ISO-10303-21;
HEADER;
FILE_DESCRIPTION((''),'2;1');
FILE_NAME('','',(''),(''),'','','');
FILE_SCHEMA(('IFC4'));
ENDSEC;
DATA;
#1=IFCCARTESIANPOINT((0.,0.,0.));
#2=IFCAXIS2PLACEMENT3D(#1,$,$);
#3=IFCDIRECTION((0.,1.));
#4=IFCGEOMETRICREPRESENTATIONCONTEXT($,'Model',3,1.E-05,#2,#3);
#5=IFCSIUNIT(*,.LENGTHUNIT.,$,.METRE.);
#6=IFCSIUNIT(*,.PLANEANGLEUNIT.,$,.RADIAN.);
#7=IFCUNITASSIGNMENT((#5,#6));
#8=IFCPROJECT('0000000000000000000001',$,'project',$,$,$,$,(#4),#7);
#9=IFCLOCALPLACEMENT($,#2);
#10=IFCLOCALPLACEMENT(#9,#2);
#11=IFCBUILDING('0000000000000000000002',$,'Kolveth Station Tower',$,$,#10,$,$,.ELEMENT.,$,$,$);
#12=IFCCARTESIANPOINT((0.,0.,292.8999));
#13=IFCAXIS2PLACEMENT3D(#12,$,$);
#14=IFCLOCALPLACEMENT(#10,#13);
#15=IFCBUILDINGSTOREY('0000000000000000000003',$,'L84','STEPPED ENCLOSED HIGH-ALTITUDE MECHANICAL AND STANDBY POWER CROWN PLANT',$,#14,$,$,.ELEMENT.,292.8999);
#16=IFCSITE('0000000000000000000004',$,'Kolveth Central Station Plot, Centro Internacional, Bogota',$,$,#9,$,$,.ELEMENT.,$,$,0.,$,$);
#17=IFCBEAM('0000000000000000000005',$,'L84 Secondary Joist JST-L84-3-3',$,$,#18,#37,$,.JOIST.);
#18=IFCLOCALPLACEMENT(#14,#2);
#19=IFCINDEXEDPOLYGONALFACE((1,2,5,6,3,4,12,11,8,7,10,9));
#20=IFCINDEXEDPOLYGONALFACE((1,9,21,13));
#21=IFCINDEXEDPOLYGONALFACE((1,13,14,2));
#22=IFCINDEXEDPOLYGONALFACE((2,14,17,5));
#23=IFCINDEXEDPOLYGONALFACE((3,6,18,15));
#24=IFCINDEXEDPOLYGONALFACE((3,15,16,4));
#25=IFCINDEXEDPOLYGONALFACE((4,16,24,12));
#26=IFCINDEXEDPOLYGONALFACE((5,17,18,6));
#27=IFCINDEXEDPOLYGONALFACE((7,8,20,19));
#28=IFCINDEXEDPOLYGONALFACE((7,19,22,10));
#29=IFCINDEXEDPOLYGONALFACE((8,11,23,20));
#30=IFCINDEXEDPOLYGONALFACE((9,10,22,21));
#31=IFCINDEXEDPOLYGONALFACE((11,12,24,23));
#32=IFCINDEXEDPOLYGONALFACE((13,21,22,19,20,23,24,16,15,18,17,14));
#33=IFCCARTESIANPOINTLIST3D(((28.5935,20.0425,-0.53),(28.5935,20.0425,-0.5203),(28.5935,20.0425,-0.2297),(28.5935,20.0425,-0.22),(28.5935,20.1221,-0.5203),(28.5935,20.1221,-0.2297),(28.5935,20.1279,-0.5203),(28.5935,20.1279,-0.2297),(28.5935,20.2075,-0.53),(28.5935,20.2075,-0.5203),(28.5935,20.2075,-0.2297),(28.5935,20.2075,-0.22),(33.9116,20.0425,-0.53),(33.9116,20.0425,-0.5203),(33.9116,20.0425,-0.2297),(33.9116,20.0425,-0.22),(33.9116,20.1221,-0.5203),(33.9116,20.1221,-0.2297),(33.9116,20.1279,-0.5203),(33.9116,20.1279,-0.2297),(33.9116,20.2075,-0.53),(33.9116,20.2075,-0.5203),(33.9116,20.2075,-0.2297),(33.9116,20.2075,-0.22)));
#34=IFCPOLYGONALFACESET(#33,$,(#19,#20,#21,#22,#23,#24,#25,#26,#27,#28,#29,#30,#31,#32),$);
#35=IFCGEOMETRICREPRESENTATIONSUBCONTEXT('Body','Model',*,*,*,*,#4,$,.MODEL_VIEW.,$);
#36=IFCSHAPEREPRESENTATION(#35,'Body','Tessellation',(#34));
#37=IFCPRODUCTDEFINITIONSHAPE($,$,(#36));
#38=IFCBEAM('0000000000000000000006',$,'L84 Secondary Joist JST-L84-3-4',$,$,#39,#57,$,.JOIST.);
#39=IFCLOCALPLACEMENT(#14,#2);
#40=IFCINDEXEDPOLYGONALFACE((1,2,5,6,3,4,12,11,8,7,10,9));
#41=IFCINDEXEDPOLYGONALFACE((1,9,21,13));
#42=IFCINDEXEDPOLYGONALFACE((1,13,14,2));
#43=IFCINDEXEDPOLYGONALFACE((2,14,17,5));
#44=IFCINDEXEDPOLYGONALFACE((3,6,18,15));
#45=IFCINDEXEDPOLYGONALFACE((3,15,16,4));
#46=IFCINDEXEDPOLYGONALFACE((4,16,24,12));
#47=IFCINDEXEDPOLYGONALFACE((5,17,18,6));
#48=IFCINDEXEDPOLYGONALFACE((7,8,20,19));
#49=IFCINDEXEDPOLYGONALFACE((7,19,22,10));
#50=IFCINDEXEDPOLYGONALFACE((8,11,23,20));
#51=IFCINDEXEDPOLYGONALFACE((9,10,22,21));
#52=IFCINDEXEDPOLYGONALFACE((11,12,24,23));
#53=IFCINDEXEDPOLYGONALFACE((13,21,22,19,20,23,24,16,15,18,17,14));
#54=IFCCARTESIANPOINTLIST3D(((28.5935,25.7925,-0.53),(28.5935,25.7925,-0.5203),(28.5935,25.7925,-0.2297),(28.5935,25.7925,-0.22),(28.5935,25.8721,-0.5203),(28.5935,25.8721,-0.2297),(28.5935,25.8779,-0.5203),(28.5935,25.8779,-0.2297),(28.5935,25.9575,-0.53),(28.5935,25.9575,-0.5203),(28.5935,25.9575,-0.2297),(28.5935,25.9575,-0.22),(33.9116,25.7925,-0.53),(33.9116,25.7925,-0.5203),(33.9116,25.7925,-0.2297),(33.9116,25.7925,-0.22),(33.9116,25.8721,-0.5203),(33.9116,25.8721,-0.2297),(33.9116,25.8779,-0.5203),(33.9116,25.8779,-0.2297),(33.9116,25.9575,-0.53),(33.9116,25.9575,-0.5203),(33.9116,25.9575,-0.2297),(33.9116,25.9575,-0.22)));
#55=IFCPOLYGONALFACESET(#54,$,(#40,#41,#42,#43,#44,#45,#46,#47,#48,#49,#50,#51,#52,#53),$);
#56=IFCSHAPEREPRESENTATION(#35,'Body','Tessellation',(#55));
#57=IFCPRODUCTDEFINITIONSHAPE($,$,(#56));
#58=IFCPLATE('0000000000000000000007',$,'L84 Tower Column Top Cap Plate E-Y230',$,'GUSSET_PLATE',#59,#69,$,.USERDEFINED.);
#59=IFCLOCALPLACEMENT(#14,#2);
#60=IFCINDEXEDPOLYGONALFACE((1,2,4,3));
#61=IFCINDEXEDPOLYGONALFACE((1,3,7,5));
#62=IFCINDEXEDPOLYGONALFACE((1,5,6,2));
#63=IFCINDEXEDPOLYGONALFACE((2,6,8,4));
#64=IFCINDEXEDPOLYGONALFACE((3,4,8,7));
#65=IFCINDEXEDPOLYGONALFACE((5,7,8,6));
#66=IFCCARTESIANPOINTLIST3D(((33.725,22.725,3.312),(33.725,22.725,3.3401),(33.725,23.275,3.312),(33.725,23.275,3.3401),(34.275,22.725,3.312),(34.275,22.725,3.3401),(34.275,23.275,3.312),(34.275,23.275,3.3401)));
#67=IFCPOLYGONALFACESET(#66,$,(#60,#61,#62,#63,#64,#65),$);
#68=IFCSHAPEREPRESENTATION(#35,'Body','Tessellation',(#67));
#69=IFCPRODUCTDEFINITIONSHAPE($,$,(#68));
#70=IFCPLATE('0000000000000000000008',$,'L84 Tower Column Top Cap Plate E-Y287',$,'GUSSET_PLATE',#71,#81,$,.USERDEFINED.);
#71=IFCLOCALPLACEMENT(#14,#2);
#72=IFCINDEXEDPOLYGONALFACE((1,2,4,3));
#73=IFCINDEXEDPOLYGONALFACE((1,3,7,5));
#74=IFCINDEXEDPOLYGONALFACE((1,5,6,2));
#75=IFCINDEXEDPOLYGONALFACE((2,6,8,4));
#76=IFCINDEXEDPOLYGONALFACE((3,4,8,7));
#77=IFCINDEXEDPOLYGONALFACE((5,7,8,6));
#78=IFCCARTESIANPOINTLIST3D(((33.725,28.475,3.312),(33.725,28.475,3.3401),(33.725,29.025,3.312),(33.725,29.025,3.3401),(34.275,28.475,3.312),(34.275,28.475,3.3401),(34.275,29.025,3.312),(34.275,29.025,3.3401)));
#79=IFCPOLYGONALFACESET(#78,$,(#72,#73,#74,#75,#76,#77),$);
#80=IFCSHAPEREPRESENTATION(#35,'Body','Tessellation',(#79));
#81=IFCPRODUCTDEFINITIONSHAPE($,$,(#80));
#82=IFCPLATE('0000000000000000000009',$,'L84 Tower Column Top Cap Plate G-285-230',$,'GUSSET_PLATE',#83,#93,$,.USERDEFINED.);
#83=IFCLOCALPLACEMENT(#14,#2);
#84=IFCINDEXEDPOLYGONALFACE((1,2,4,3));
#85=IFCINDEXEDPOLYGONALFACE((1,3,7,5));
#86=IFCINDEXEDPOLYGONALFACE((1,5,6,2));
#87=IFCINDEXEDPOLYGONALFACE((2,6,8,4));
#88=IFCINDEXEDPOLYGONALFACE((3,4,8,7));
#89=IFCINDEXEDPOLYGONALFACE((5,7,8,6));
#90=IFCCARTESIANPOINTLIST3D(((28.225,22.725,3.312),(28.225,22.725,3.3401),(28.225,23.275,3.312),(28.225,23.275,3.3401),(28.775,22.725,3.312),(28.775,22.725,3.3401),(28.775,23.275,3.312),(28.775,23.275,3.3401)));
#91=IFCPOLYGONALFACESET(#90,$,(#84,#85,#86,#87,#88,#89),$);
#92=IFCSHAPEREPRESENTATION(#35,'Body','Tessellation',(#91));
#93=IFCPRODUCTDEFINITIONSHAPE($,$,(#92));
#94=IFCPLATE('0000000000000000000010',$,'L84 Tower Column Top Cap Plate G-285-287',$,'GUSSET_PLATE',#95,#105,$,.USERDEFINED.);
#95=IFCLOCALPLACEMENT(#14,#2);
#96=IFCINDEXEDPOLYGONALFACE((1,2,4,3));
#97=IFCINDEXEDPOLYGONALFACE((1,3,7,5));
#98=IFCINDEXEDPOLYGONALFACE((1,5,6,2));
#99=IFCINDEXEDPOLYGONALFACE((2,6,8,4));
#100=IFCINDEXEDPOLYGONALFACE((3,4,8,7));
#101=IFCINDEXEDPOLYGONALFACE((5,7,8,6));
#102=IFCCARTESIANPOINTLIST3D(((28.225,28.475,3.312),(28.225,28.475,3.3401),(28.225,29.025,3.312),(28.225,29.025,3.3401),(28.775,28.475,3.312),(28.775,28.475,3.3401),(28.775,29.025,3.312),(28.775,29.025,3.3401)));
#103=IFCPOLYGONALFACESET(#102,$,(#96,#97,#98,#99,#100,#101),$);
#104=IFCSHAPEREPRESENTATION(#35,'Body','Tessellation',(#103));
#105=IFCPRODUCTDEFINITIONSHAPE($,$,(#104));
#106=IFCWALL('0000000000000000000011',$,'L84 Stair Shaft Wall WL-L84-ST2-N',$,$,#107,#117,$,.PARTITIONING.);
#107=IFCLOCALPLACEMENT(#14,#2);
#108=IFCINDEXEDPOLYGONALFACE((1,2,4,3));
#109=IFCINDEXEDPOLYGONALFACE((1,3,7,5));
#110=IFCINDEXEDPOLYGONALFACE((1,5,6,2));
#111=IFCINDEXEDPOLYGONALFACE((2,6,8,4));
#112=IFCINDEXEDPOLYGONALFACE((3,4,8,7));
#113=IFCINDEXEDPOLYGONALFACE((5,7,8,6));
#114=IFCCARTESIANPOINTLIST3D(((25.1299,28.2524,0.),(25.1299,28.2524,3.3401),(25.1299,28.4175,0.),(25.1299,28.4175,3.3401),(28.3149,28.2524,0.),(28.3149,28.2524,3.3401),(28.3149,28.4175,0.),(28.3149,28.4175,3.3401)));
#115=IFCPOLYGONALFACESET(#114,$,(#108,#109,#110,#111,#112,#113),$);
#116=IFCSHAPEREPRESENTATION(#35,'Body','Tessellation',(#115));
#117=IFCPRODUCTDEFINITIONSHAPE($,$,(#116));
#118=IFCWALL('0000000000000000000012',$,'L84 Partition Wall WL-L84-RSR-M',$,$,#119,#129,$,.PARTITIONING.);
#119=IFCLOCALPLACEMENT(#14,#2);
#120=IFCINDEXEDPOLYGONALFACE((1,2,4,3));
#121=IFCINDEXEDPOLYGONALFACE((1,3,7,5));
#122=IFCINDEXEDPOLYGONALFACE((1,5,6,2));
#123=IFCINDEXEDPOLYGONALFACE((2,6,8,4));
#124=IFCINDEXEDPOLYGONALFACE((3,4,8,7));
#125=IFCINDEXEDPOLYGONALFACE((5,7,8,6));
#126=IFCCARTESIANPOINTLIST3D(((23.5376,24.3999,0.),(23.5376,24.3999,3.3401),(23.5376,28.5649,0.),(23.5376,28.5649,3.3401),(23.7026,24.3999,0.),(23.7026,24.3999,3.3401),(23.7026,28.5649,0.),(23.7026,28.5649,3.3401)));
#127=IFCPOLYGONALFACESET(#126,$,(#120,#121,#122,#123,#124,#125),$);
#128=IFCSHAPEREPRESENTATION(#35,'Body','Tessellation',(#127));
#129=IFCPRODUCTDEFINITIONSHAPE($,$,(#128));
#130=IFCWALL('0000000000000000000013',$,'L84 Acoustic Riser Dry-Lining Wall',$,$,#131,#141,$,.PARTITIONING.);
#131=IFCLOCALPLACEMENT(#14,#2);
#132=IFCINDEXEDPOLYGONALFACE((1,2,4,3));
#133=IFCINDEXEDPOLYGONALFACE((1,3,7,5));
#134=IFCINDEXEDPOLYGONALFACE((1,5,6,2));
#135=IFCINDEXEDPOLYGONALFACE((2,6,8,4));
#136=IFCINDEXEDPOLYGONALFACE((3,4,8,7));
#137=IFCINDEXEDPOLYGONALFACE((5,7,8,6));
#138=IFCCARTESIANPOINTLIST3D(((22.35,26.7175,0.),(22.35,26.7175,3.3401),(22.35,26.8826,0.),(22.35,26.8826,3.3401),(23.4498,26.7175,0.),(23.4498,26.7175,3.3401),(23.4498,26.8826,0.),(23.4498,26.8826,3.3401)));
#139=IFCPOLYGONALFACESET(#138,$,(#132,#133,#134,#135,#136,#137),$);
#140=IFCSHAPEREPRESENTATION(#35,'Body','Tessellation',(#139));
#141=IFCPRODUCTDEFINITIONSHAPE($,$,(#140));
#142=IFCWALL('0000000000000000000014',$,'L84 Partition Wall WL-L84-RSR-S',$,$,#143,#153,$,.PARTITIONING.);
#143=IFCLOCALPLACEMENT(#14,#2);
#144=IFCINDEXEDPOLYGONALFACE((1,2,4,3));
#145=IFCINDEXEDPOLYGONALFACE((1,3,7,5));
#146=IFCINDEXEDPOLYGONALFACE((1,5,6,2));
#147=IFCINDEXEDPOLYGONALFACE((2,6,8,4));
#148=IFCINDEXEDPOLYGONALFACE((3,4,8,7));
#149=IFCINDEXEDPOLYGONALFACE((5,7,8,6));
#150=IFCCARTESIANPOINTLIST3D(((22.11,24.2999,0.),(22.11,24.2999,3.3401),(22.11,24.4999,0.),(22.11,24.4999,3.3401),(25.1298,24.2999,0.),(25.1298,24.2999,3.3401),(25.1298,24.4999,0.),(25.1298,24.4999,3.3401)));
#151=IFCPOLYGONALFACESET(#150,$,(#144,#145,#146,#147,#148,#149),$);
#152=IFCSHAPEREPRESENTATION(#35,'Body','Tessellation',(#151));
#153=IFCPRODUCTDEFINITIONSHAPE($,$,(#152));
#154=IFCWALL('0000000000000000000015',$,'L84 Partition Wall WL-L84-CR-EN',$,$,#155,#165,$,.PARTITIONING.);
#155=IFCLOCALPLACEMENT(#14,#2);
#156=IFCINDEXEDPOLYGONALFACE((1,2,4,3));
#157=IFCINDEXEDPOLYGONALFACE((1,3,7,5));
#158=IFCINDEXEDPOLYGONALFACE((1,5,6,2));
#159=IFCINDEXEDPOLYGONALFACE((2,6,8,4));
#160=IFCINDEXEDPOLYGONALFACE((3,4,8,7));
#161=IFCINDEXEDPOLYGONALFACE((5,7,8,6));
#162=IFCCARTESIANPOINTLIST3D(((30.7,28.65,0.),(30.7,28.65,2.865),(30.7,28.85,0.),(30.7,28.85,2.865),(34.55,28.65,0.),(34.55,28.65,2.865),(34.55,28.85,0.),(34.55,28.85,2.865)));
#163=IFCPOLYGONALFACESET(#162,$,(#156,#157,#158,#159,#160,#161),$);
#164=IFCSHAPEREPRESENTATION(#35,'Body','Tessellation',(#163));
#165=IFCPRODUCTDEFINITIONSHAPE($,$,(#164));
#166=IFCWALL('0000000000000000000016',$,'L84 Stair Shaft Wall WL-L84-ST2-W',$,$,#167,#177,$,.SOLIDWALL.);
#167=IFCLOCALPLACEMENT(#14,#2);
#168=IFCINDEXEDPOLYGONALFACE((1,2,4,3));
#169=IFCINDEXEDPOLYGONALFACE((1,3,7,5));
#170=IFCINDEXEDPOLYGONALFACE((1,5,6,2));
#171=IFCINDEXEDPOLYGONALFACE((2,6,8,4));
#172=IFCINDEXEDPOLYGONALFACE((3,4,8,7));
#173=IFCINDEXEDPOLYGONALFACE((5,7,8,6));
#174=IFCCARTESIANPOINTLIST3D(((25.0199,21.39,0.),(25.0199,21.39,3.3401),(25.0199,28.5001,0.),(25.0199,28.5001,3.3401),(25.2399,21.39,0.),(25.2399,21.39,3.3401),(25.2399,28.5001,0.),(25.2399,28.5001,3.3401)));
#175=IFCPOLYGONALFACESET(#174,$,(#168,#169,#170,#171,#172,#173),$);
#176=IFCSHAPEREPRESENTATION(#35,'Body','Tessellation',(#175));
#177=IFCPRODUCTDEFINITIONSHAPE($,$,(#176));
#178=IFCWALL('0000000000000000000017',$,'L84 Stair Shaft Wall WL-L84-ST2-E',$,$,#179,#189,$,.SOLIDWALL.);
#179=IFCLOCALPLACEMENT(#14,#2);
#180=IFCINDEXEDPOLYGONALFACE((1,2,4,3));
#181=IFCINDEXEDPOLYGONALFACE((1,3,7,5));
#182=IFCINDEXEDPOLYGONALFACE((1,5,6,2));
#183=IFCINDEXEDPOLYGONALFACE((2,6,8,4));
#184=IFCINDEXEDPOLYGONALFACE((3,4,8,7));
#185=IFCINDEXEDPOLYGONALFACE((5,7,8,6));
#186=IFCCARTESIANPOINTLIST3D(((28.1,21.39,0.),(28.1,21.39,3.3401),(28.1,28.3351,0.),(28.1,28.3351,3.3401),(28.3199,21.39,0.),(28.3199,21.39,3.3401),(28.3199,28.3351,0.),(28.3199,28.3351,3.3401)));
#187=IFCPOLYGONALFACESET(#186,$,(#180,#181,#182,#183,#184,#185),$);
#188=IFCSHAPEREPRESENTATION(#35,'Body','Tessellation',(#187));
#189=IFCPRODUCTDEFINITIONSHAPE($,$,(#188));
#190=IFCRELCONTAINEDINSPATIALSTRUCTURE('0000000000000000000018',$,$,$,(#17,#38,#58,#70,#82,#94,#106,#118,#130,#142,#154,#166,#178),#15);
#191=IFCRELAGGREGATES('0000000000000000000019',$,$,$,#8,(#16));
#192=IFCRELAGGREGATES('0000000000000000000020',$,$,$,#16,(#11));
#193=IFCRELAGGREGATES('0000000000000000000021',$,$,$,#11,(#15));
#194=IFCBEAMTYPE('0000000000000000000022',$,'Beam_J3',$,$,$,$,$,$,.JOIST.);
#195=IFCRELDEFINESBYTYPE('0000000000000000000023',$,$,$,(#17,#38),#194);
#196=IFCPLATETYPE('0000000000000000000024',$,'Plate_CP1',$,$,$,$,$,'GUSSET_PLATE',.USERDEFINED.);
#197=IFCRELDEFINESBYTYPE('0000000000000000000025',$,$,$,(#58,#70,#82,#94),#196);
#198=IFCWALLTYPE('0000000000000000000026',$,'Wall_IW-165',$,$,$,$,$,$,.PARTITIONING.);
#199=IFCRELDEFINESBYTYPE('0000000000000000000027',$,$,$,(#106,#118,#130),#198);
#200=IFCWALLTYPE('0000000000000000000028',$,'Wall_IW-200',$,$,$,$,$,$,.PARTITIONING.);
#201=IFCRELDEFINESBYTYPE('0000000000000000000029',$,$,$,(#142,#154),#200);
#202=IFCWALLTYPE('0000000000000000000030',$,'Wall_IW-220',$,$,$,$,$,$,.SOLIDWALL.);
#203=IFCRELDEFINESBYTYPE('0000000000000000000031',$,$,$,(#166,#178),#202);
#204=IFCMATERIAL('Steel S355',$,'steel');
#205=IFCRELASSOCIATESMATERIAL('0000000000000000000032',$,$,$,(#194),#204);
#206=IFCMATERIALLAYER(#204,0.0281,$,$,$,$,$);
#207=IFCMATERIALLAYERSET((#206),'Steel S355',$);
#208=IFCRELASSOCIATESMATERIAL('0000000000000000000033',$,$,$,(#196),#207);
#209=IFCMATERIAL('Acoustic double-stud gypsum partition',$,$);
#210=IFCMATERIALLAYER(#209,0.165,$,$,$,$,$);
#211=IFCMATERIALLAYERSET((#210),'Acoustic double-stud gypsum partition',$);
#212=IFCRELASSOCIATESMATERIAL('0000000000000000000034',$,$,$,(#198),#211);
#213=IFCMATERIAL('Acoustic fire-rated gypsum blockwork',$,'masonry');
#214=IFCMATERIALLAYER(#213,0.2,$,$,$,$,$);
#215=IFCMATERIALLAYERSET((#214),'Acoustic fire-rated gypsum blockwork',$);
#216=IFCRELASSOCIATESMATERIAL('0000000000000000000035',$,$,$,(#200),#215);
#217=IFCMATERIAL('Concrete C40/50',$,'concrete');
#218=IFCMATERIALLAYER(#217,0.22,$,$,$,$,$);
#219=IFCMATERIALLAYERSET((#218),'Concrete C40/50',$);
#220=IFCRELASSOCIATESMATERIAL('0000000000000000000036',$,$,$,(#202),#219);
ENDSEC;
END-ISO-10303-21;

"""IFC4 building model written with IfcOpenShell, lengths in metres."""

from ifc_helpers import new_model, si_unit, direction, frame, frame_2d, origin, origin_2d, place, context, subcontext, project, spatial, rectangle, i_section, extrude, source, transform, mapped, material, layer, layer_set, material_profile, profile_set, type_object, element, save


model = new_model("IFC4")

# Units and contexts
model_context = context("Model", 3, precision=1e-05, world=origin(), true_north=direction((0.0, 1.0)))
body_context = subcontext(model_context, "Body", "Model", "MODEL_VIEW")
ifc_project = project(units=[si_unit("LENGTHUNIT", "METRE"), si_unit("PLANEANGLEUNIT", "RADIAN")], contexts=[model_context])

# Site, building, storey
site_placement = place(None, origin())
site = spatial("IfcSite", under=ifc_project, at=site_placement, Name="Kolveth Central Station Plot, Centro Internacional, Bogota", CompositionType="ELEMENT", RefElevation=0.0)
building_placement = place(site_placement, origin())
building = spatial("IfcBuilding", under=site, at=building_placement, Name="Kolveth Station Tower", CompositionType="ELEMENT")
storey_placement = place(building_placement, frame((0.0, 0.0, 292.8999)))
storey = spatial("IfcBuildingStorey", under=building, at=storey_placement, Name="L84", Description="STEPPED ENCLOSED HIGH-ALTITUDE MECHANICAL AND STANDBY POWER CROWN PLANT", CompositionType="ELEMENT", Elevation=292.8999)

# Shared definitions
ifc_material_1 = material(Name="Steel S355", Category="steel")

# Beams
ifc_material_profile_1 = material_profile(ifc_material_1, i_section(OverallWidth=0.165, OverallDepth=0.3101, WebThickness=0.0059, FlangeThickness=0.0098, at=origin_2d()), Name="W310x39")
ifc_profile_set_1 = profile_set([ifc_material_profile_1], Name="Steel S355")
beam_type_1 = type_object("IfcBeamType", Name="Beam_J3", PredefinedType="JOIST", material=ifc_profile_set_1)
shared_shape_1 = source(origin(), body_context, "Body", "SweptSolid", [
    extrude(i_section(OverallWidth=0.165, OverallDepth=0.3101, WebThickness=0.0059, FlangeThickness=0.0098, at=origin_2d()), origin(), (0.0, 0.0, 1.0), 5.3181),
])
for number, where, z_axis, x_axis, name in (
    (1, (28.5935, 20.125, -0.375), (1.0, 0.0, 0.0), (0.0, 1.0, 0.0), "L84 Secondary Joist JST-L84-3-3"),
    (2, (28.5935, 25.875, -0.375), (1.0, 0.0, 0.0), (0.0, 1.0, 0.0), "L84 Secondary Joist JST-L84-3-4"),
):
    element("IfcBeam", number, at=place(storey_placement, frame(where, z_axis=z_axis, x_axis=x_axis)), inside=storey, type_object=beam_type_1, Name=name, PredefinedType="JOIST", context=body_context, shape_type="MappedRepresentation", body=[
        mapped(shared_shape_1, transform((0.0, 0.0, 0.0), x_axis=(1.0, 0.0, 0.0), y_axis=(0.0, 1.0, 0.0), z_axis=(0.0, 0.0, 1.0), scale=1.0)),
    ])

# Plates
ifc_layer_1 = layer(ifc_material_1, 0.0281)
ifc_layer_set_1 = layer_set([ifc_layer_1], Name="Steel S355")
plate_type = type_object("IfcPlateType", Name="Plate_CP1", ElementType="GUSSET_PLATE", PredefinedType="USERDEFINED", material=ifc_layer_set_1)
shared_shape_2 = source(origin(), body_context, "Body", "SweptSolid", [
    extrude(rectangle(XDim=0.55, YDim=0.55, at=origin_2d()), origin(), (0.0, 0.0, 1.0), 0.0281),
])
for number, where, z_axis, x_axis, name in (
    (3, (34.0, 23.0, 3.312), (0.0, 0.0, 1.0), (1.0, 0.0, 0.0), "L84 Tower Column Top Cap Plate E-Y230"),
    (4, (34.0, 28.75, 3.312), (0.0, 0.0, 1.0), (1.0, 0.0, 0.0), "L84 Tower Column Top Cap Plate E-Y287"),
    (5, (28.5, 23.0, 3.312), (0.0, 0.0, 1.0), (1.0, 0.0, 0.0), "L84 Tower Column Top Cap Plate G-285-230"),
    (6, (28.5, 28.75, 3.312), (0.0, 0.0, 1.0), (1.0, 0.0, 0.0), "L84 Tower Column Top Cap Plate G-285-287"),
):
    element("IfcPlate", number, at=place(storey_placement, frame(where, z_axis=z_axis, x_axis=x_axis)), inside=storey, type_object=plate_type, Name=name, ObjectType="GUSSET_PLATE", PredefinedType="USERDEFINED", context=body_context, shape_type="MappedRepresentation", body=[
        mapped(shared_shape_2, transform((0.0, 0.0, 0.0), x_axis=(1.0, 0.0, 0.0), y_axis=(0.0, 1.0, 0.0), z_axis=(0.0, 0.0, 1.0), scale=1.0)),
    ])

# Walls
ifc_material_2 = material(Name="Acoustic double-stud gypsum partition")
ifc_layer_2 = layer(ifc_material_2, 0.165)
ifc_layer_set_2 = layer_set([ifc_layer_2], Name="Acoustic double-stud gypsum partition")
wall_type_1 = type_object("IfcWallType", Name="Wall_IW-165", PredefinedType="PARTITIONING", material=ifc_layer_set_2)
wall_1_placement = place(storey_placement, frame((25.1299, 28.335, 0.0), z_axis=(0.0, 0.0, 1.0), x_axis=(1.0, 0.0, 0.0)))
element("IfcWall", 7, at=wall_1_placement, inside=storey, type_object=wall_type_1, Name="L84 Stair Shaft Wall WL-L84-ST2-N", PredefinedType="PARTITIONING", context=body_context, shape_type="SweptSolid", body=[
    extrude(rectangle(XDim=3.1851, YDim=0.165, at=frame_2d((1.5925, 0.0))), origin(), (0.0, 0.0, 1.0), 3.3401),
])
wall_2_placement = place(storey_placement, frame((23.6201, 24.3999, 0.0), z_axis=(0.0, 0.0, 1.0), x_axis=(0.0, 1.0, 0.0)))
element("IfcWall", 8, at=wall_2_placement, inside=storey, type_object=wall_type_1, Name="L84 Partition Wall WL-L84-RSR-M", PredefinedType="PARTITIONING", context=body_context, shape_type="SweptSolid", body=[
    extrude(rectangle(XDim=4.165, YDim=0.165, at=frame_2d((2.0825, 0.0))), origin(), (0.0, 0.0, 1.0), 3.3401),
])
wall_3_placement = place(storey_placement, frame((22.3501, 26.8, 0.0), z_axis=(0.0, 0.0, 1.0), x_axis=(1.0, 0.0, 0.0)))
element("IfcWall", 9, at=wall_3_placement, inside=storey, type_object=wall_type_1, Name="L84 Acoustic Riser Dry-Lining Wall", PredefinedType="PARTITIONING", context=body_context, shape_type="SweptSolid", body=[
    extrude(rectangle(XDim=1.0999, YDim=0.165, at=frame_2d((0.5498, 0.0))), origin(), (0.0, 0.0, 1.0), 3.3401),
])
ifc_material_3 = material(Name="Acoustic fire-rated gypsum blockwork", Category="masonry")
ifc_layer_3 = layer(ifc_material_3, 0.2)
ifc_layer_set_3 = layer_set([ifc_layer_3], Name="Acoustic fire-rated gypsum blockwork")
wall_type_2 = type_object("IfcWallType", Name="Wall_IW-200", PredefinedType="PARTITIONING", material=ifc_layer_set_3)
wall_4_placement = place(storey_placement, frame((22.1101, 24.3999, 0.0), z_axis=(0.0, 0.0, 1.0), x_axis=(1.0, 0.0, 0.0)))
element("IfcWall", 10, at=wall_4_placement, inside=storey, type_object=wall_type_2, Name="L84 Partition Wall WL-L84-RSR-S", PredefinedType="PARTITIONING", context=body_context, shape_type="SweptSolid", body=[
    extrude(rectangle(XDim=3.0198, YDim=0.2, at=frame_2d((1.5098, 0.0))), origin(), (0.0, 0.0, 1.0), 3.3401),
])
wall_5_placement = place(storey_placement, frame((30.7, 28.75, 0.0), z_axis=(0.0, 0.0, 1.0), x_axis=(1.0, 0.0, 0.0)))
element("IfcWall", 11, at=wall_5_placement, inside=storey, type_object=wall_type_2, Name="L84 Partition Wall WL-L84-CR-EN", PredefinedType="PARTITIONING", context=body_context, shape_type="SweptSolid", body=[
    extrude(rectangle(XDim=3.8501, YDim=0.2, at=frame_2d((1.925, 0.0))), origin(), (0.0, 0.0, 1.0), 2.865),
])
ifc_material_4 = material(Name="Concrete C40/50", Category="concrete")
ifc_layer_4 = layer(ifc_material_4, 0.22)
ifc_layer_set_4 = layer_set([ifc_layer_4], Name="Concrete C40/50")
wall_type_3 = type_object("IfcWallType", Name="Wall_IW-220", PredefinedType="SOLIDWALL", material=ifc_layer_set_4)
wall_6_placement = place(storey_placement, frame((25.1299, 21.3899, 0.0), z_axis=(0.0, 0.0, 1.0), x_axis=(0.0, 1.0, 0.0)))
element("IfcWall", 12, at=wall_6_placement, inside=storey, type_object=wall_type_3, Name="L84 Stair Shaft Wall WL-L84-ST2-W", PredefinedType="SOLIDWALL", context=body_context, shape_type="SweptSolid", body=[
    extrude(rectangle(XDim=7.1101, YDim=0.22, at=frame_2d((3.5552, 0.0))), origin(), (0.0, 0.0, 1.0), 3.3401),
])
wall_7_placement = place(storey_placement, frame((28.21, 21.3899, 0.0), z_axis=(0.0, 0.0, 1.0), x_axis=(0.0, 1.0, 0.0)))
element("IfcWall", 13, at=wall_7_placement, inside=storey, type_object=wall_type_3, Name="L84 Stair Shaft Wall WL-L84-ST2-E", PredefinedType="SOLIDWALL", context=body_context, shape_type="SweptSolid", body=[
    extrude(rectangle(XDim=6.9451, YDim=0.22, at=frame_2d((3.4727, 0.0))), origin(), (0.0, 0.0, 1.0), 3.3401),
])

save(model, "model.ifc")
